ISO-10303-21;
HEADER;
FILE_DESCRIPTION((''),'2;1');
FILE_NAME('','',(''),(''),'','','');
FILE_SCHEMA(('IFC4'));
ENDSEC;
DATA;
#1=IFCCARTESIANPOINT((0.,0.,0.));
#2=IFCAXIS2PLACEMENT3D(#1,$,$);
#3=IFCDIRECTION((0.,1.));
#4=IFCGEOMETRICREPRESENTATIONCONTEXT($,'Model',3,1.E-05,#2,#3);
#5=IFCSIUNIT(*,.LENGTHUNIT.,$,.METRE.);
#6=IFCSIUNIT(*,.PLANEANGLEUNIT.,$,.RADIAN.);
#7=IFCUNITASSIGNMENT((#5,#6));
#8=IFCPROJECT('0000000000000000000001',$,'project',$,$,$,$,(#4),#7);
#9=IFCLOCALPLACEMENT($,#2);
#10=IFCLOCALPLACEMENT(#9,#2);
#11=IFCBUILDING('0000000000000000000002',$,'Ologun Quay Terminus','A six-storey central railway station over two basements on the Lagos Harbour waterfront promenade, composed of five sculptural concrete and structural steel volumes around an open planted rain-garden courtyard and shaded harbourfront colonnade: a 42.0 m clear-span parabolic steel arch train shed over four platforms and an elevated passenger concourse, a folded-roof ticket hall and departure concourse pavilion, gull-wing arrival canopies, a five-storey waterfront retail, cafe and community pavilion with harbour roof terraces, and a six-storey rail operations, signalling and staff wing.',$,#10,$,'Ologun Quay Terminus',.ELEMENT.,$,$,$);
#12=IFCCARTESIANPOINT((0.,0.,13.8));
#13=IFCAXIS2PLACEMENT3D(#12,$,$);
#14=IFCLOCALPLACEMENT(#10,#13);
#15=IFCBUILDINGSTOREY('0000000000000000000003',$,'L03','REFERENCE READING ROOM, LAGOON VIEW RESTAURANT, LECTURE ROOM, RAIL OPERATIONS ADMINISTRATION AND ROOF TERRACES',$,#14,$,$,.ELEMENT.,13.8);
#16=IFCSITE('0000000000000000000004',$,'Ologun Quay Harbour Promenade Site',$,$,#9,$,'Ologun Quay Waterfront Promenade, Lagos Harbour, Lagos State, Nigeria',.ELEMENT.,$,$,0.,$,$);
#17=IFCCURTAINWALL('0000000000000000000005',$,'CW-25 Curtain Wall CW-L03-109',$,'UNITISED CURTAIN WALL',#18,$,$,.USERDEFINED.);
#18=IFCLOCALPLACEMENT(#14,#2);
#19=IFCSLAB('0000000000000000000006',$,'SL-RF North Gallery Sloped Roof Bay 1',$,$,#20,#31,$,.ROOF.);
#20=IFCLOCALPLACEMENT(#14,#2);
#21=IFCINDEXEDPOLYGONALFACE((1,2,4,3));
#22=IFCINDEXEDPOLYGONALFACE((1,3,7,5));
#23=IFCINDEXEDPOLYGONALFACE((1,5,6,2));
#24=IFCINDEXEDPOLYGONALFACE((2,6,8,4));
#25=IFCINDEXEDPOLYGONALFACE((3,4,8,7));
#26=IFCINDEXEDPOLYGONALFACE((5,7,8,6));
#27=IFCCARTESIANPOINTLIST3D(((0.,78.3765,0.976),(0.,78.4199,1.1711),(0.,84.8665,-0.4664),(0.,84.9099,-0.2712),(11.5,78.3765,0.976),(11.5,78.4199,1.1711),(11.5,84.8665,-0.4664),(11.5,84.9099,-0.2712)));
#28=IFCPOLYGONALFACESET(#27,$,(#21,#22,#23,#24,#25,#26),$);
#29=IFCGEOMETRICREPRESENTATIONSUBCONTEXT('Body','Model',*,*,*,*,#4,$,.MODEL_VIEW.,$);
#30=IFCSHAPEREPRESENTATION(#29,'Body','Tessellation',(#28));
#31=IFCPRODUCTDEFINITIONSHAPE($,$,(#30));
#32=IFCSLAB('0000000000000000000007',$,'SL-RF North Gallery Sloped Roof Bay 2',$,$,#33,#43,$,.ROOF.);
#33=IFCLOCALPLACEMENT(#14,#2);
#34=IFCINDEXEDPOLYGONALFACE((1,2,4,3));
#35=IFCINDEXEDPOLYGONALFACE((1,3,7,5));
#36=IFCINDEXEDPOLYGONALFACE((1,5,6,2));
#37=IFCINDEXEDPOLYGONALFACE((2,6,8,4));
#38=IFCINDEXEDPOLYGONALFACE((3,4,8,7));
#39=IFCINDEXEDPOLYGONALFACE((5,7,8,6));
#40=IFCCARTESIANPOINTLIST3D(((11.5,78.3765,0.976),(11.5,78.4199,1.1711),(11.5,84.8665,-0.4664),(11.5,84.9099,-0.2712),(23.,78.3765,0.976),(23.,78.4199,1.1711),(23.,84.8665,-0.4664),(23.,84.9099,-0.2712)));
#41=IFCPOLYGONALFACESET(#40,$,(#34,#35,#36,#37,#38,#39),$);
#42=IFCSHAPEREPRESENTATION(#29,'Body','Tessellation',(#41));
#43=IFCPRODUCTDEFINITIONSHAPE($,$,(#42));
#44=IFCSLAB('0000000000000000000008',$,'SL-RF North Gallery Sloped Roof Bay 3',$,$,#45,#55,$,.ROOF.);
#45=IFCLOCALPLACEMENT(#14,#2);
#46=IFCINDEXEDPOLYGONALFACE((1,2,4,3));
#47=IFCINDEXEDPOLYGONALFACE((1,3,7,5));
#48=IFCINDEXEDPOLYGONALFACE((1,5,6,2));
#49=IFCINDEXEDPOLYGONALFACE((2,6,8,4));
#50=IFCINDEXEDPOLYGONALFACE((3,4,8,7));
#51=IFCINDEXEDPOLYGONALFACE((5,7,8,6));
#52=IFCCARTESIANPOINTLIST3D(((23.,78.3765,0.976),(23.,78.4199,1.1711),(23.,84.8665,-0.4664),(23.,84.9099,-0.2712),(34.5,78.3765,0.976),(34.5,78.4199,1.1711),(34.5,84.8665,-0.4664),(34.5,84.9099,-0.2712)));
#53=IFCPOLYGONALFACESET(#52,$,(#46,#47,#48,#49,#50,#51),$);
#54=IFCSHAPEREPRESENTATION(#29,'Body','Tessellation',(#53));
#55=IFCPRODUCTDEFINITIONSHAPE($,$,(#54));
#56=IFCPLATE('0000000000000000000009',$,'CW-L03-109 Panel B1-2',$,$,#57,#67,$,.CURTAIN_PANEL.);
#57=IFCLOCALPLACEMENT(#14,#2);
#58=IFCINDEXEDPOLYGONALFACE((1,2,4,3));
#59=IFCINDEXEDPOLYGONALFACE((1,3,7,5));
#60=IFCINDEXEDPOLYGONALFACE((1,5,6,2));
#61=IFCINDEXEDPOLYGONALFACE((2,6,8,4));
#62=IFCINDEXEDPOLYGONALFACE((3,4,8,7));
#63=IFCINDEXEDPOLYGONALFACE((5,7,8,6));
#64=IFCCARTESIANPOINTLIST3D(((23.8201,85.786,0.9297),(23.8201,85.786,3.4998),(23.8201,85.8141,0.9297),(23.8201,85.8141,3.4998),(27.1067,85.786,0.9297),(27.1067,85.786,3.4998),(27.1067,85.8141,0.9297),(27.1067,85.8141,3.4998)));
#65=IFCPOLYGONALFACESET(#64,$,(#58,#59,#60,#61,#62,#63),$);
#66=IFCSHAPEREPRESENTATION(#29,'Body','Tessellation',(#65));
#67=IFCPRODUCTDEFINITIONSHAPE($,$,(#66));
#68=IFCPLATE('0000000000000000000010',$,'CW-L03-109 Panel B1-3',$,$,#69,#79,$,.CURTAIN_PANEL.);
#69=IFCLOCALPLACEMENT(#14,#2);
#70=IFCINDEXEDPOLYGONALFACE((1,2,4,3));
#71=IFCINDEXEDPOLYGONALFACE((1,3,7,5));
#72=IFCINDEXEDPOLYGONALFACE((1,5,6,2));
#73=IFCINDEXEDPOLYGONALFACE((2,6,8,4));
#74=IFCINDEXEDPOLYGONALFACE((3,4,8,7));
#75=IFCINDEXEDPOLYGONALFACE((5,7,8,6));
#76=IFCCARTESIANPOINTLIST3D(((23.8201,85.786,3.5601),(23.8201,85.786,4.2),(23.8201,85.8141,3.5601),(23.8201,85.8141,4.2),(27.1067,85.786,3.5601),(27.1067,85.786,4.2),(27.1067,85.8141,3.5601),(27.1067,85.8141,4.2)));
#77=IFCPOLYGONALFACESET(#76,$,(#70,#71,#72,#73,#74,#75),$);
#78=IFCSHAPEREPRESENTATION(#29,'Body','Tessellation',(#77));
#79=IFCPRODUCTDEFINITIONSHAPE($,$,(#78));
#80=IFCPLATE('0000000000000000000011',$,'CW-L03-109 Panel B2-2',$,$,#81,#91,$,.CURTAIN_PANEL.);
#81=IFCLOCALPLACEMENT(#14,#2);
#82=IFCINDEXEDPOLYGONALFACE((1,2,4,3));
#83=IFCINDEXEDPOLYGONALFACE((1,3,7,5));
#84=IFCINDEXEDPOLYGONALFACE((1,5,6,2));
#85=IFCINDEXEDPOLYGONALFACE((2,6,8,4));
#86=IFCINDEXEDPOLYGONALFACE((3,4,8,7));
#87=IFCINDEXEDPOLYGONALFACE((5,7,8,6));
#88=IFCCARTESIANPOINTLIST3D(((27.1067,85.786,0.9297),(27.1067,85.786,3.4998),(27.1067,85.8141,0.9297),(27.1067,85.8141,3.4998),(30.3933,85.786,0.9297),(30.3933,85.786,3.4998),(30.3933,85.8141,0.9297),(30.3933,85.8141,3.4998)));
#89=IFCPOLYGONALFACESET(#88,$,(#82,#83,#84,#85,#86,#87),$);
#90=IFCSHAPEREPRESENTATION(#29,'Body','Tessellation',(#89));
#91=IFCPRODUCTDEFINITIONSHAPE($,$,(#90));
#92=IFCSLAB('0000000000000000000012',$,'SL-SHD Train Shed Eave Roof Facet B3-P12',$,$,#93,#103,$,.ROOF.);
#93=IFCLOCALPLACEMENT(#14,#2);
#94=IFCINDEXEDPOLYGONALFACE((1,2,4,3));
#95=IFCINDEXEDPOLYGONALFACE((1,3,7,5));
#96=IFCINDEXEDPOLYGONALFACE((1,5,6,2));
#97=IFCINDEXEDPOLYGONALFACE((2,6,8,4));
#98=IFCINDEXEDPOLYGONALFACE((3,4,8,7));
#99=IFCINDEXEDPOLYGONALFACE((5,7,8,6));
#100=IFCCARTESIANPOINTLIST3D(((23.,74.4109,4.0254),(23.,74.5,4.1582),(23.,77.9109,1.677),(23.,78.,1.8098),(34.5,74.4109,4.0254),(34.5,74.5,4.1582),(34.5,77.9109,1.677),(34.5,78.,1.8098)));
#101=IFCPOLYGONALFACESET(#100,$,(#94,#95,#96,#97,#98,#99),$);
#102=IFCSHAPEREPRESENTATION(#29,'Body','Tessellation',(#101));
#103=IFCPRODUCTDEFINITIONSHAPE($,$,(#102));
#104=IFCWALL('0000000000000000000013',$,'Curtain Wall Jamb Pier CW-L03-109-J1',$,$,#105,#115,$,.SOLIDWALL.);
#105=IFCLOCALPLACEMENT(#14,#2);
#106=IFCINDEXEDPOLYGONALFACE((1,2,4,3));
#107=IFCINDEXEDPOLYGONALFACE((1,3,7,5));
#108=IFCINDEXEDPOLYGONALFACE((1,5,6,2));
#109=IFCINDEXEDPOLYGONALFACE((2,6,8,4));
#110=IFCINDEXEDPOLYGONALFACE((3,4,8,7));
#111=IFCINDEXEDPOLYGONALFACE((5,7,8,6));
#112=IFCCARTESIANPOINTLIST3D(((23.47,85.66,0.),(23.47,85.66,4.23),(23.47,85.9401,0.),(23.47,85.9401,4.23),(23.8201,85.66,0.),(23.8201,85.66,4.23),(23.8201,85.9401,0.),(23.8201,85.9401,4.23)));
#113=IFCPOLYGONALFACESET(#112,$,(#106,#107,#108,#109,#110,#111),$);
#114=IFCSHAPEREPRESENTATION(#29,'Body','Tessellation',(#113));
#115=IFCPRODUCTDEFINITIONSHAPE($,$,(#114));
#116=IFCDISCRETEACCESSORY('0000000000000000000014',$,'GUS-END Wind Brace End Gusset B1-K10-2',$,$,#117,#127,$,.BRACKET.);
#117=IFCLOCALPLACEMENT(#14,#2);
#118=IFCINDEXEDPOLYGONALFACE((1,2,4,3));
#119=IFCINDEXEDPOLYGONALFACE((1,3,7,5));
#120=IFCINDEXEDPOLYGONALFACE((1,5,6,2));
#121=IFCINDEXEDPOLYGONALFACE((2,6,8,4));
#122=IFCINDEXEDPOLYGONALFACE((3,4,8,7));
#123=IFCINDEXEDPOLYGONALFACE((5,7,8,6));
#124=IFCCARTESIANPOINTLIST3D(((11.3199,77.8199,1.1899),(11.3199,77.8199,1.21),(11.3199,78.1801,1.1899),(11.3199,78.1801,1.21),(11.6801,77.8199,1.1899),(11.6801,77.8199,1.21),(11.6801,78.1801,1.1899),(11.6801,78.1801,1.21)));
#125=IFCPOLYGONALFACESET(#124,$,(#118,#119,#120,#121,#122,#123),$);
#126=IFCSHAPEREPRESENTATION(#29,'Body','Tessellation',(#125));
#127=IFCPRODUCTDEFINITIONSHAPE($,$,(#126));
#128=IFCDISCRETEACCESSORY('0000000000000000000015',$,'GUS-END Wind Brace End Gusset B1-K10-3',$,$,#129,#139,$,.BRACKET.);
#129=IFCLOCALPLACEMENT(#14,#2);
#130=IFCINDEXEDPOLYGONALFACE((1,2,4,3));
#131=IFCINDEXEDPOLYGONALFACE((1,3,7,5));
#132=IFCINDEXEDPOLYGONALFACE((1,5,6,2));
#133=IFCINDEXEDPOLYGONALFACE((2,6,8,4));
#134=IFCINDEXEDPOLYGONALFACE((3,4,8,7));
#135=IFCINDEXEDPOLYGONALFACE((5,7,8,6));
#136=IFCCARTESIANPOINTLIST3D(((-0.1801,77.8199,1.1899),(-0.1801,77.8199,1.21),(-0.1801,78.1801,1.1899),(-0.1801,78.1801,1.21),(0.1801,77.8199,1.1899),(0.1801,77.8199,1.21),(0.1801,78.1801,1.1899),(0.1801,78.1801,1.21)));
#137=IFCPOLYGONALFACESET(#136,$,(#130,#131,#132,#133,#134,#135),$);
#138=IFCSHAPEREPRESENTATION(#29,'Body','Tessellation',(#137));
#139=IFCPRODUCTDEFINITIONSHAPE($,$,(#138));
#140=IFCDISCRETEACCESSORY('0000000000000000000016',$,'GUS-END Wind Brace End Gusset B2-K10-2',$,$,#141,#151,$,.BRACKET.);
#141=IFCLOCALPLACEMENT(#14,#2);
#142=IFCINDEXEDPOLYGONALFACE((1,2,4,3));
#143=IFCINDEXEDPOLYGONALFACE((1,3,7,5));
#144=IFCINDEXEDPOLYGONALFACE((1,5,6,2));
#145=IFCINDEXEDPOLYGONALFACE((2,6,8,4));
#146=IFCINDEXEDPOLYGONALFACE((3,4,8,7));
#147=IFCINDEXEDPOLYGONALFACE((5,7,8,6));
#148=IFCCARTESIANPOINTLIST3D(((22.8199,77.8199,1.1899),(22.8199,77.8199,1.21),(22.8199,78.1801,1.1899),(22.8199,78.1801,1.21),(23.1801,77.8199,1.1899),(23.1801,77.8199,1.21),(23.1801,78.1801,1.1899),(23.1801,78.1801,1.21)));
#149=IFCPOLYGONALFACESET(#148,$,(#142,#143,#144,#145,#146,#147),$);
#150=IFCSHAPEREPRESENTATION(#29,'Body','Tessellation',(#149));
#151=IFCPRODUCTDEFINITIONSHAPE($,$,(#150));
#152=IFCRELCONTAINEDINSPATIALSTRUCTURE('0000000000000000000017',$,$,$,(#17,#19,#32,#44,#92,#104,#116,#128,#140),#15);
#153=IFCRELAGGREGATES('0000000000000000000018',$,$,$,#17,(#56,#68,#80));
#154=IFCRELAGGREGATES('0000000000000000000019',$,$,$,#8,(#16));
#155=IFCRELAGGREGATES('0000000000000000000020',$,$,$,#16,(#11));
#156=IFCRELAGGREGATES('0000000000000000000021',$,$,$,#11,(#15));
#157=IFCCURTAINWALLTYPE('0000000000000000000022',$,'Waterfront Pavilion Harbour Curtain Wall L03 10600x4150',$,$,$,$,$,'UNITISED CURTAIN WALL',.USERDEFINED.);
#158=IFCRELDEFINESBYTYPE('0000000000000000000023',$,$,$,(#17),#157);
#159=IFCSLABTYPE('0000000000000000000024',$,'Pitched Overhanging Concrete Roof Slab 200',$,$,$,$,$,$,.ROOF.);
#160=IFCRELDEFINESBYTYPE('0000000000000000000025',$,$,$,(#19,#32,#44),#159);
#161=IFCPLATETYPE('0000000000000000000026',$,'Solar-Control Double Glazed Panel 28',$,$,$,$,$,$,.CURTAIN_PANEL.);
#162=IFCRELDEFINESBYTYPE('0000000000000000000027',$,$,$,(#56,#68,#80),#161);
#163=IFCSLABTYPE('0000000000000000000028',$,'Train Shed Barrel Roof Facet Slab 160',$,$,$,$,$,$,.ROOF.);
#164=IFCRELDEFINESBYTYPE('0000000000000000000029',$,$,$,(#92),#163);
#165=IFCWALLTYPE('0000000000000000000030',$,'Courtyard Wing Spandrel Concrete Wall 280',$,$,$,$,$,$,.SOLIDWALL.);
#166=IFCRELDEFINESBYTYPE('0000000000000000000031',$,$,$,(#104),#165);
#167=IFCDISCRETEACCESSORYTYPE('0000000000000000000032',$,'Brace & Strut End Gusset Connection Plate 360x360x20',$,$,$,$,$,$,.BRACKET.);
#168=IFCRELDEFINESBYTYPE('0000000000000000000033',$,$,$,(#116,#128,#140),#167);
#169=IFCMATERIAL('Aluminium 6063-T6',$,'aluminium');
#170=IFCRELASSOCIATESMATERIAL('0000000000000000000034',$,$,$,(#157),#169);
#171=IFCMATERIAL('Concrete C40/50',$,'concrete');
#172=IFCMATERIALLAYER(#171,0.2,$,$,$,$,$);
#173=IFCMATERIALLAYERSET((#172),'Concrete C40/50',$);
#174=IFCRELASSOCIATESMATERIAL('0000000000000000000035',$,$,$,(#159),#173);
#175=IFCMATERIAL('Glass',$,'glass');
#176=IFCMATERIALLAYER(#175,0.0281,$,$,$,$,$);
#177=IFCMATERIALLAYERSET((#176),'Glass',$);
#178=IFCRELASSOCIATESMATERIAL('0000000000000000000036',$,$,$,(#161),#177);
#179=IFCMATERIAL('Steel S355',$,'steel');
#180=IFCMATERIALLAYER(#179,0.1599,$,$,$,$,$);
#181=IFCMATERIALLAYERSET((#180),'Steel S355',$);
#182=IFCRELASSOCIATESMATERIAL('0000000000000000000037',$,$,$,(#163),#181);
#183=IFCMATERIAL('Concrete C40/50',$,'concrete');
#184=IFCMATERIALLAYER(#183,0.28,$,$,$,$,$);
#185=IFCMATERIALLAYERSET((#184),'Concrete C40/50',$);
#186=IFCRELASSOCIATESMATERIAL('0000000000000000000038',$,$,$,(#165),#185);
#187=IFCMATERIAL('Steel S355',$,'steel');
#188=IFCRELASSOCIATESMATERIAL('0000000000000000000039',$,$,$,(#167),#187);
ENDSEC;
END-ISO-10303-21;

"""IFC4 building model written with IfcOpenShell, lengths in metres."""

from ifc_helpers import new_model, si_unit, direction, frame, frame_2d, origin, origin_2d, place, context, subcontext, project, spatial, polyline, rectangle, outline, extrude, material, layer, layer_set, type_object, element, aggregate, save


model = new_model("IFC4")

# Units and contexts
model_context = context("Model", 3, precision=1e-05, world=origin(), true_north=direction((0.0, 1.0)))
body_context = subcontext(model_context, "Body", "Model", "MODEL_VIEW")
ifc_project = project(units=[si_unit("LENGTHUNIT", "METRE"), si_unit("PLANEANGLEUNIT", "RADIAN")], contexts=[model_context])

# Site, building, storey
site_placement = place(None, origin())
site = spatial("IfcSite", under=ifc_project, at=site_placement, Name="Ologun Quay Harbour Promenade Site", LongName="Ologun Quay Waterfront Promenade, Lagos Harbour, Lagos State, Nigeria", CompositionType="ELEMENT", RefElevation=0.0)
building_placement = place(site_placement, origin())
building = spatial("IfcBuilding", under=site, at=building_placement, Name="Ologun Quay Terminus", Description="A six-storey central railway station over two basements on the Lagos Harbour waterfront promenade, composed of five sculptural concrete and structural steel volumes around an open planted rain-garden courtyard and shaded harbourfront colonnade: a 42.0 m clear-span parabolic steel arch train shed over four platforms and an elevated passenger concourse, a folded-roof ticket hall and departure concourse pavilion, gull-wing arrival canopies, a five-storey waterfront retail, cafe and community pavilion with harbour roof terraces, and a six-storey rail operations, signalling and staff wing.", LongName="Ologun Quay Terminus", CompositionType="ELEMENT")
storey_placement = place(building_placement, frame((0.0, 0.0, 13.8)))
storey = spatial("IfcBuildingStorey", under=building, at=storey_placement, Name="L03", Description="REFERENCE READING ROOM, LAGOON VIEW RESTAURANT, LECTURE ROOM, RAIL OPERATIONS ADMINISTRATION AND ROOF TERRACES", CompositionType="ELEMENT", Elevation=13.8)

# Curtain wall
ifc_material_1 = material(Name="Aluminium 6063-T6", Category="aluminium")
curtain_wall_type = type_object("IfcCurtainWallType", Name="Waterfront Pavilion Harbour Curtain Wall L03 10600x4150", ElementType="UNITISED CURTAIN WALL", PredefinedType="USERDEFINED", material=ifc_material_1)
curtain_wall_placement = place(storey_placement, origin())
curtain_wall = element("IfcCurtainWall", 1, at=curtain_wall_placement, inside=storey, type_object=curtain_wall_type, Name="CW-25 Curtain Wall CW-L03-109", ObjectType="UNITISED CURTAIN WALL", PredefinedType="USERDEFINED")

# Slabs
ifc_material_2 = material(Name="Concrete C40/50", Category="concrete")
ifc_layer_1 = layer(ifc_material_2, 0.2)
ifc_layer_set_1 = layer_set([ifc_layer_1], Name="Concrete C40/50")
slab_type_1 = type_object("IfcSlabType", Name="Pitched Overhanging Concrete Roof Slab 200", PredefinedType="ROOF", material=ifc_layer_set_1)
for number, where, z_axis, x_axis, name in (
    (2, (0.0, 84.9099, -0.2712), (0.0, 0.216954, 0.976182), (1.0, 0.0, 0.0), "SL-RF North Gallery Sloped Roof Bay 1"),
    (3, (11.5, 84.9099, -0.2712), (0.0, 0.216954, 0.976182), (1.0, 0.0, 0.0), "SL-RF North Gallery Sloped Roof Bay 2"),
    (4, (23.0, 84.9099, -0.2712), (0.0, 0.216954, 0.976182), (1.0, 0.0, 0.0), "SL-RF North Gallery Sloped Roof Bay 3"),
):
    element("IfcSlab", number, at=place(storey_placement, frame(where, z_axis=z_axis, x_axis=x_axis)), inside=storey, type_object=slab_type_1, Name=name, PredefinedType="ROOF", context=body_context, shape_type="SweptSolid", body=[
        extrude(outline(polyline([(0.0, 0.0), (11.5, 0.0), (11.5, -6.6483), (0.0, -6.6483), (0.0, 0.0)])), origin(), (0.0, 0.0, -1.0), 0.2),
    ])

# Plates
ifc_material_3 = material(Name="Glass", Category="glass")
ifc_layer_2 = layer(ifc_material_3, 0.0281)
ifc_layer_set_2 = layer_set([ifc_layer_2], Name="Glass")
plate_type_1 = type_object("IfcPlateType", Name="Solar-Control Double Glazed Panel 28", PredefinedType="CURTAIN_PANEL", material=ifc_layer_set_2)
plate_1_placement = place(storey_placement, frame((25.4634, 85.8, 0.9297), z_axis=(0.0, 0.0, 1.0), x_axis=(1.0, 0.0, 0.0)))
plate_1 = element("IfcPlate", 5, at=plate_1_placement, type_object=plate_type_1, Name="CW-L03-109 Panel B1-2", PredefinedType="CURTAIN_PANEL", context=body_context, shape_type="SweptSolid", body=[
    extrude(rectangle(XDim=3.2866, YDim=0.0281, at=origin_2d()), origin(), (0.0, 0.0, 1.0), 2.5701),
])
plate_2_placement = place(storey_placement, frame((25.4634, 85.8, 3.5601), z_axis=(0.0, 0.0, 1.0), x_axis=(1.0, 0.0, 0.0)))
plate_2 = element("IfcPlate", 6, at=plate_2_placement, type_object=plate_type_1, Name="CW-L03-109 Panel B1-3", PredefinedType="CURTAIN_PANEL", context=body_context, shape_type="SweptSolid", body=[
    extrude(rectangle(XDim=3.2866, YDim=0.0281, at=origin_2d()), origin(), (0.0, 0.0, 1.0), 0.6399),
])
plate_3_placement = place(storey_placement, frame((28.75, 85.8, 0.9297), z_axis=(0.0, 0.0, 1.0), x_axis=(1.0, 0.0, 0.0)))
plate_3 = element("IfcPlate", 7, at=plate_3_placement, type_object=plate_type_1, Name="CW-L03-109 Panel B2-2", PredefinedType="CURTAIN_PANEL", context=body_context, shape_type="SweptSolid", body=[
    extrude(rectangle(XDim=3.2866, YDim=0.0281, at=origin_2d()), origin(), (0.0, 0.0, 1.0), 2.5701),
])
aggregate(curtain_wall, [plate_1, plate_2, plate_3])

# Slab
ifc_material_4 = material(Name="Steel S355", Category="steel")
ifc_layer_3 = layer(ifc_material_4, 0.1599)
ifc_layer_set_3 = layer_set([ifc_layer_3], Name="Steel S355")
slab_type_2 = type_object("IfcSlabType", Name="Train Shed Barrel Roof Facet Slab 160", PredefinedType="ROOF", material=ifc_layer_set_3)
slab_placement = place(storey_placement, frame((23.0, 74.5, 4.1582), z_axis=(0.0, 0.557171, 0.830398), x_axis=(1.0, 0.0, 0.0)))
element("IfcSlab", 8, at=slab_placement, inside=storey, type_object=slab_type_2, Name="SL-SHD Train Shed Eave Roof Facet B3-P12", PredefinedType="ROOF", context=body_context, shape_type="SweptSolid", body=[
    extrude(outline(polyline([(0.0, 0.0), (11.5, 0.0), (11.5, 4.2148), (0.0, 4.2148), (0.0, 0.0)])), origin(), (0.0, 0.0, -1.0), 0.1599),
])

# Wall
ifc_material_5 = material(Name="Concrete C40/50", Category="concrete")
ifc_layer_4 = layer(ifc_material_5, 0.28)
ifc_layer_set_4 = layer_set([ifc_layer_4], Name="Concrete C40/50")
wall_type = type_object("IfcWallType", Name="Courtyard Wing Spandrel Concrete Wall 280", PredefinedType="SOLIDWALL", material=ifc_layer_set_4)
wall_placement = place(storey_placement, frame((23.47, 85.8, 0.0), z_axis=(0.0, 0.0, 1.0), x_axis=(1.0, 0.0, 0.0)))
element("IfcWall", 9, at=wall_placement, inside=storey, type_object=wall_type, Name="Curtain Wall Jamb Pier CW-L03-109-J1", PredefinedType="SOLIDWALL", context=body_context, shape_type="SweptSolid", body=[
    extrude(rectangle(XDim=0.3501, YDim=0.28, at=frame_2d((0.175, 0.0))), origin(), (0.0, 0.0, 1.0), 4.23),
])

# Discrete accessories
ifc_material_6 = material(Name="Steel S355", Category="steel")
discrete_accessory_type = type_object("IfcDiscreteAccessoryType", Name="Brace & Strut End Gusset Connection Plate 360x360x20", PredefinedType="BRACKET", material=ifc_material_6)
for number, where, z_axis, x_axis, name in (
    (10, (11.5, 78.0, 1.1899), (0.0, 0.0, 1.0), (1.0, 0.0, 0.0), "GUS-END Wind Brace End Gusset B1-K10-2"),
    (11, (0.0, 78.0, 1.1899), (0.0, 0.0, 1.0), (1.0, 0.0, 0.0), "GUS-END Wind Brace End Gusset B1-K10-3"),
    (12, (23.0, 78.0, 1.1899), (0.0, 0.0, 1.0), (1.0, 0.0, 0.0), "GUS-END Wind Brace End Gusset B2-K10-2"),
):
    element("IfcDiscreteAccessory", number, at=place(storey_placement, frame(where, z_axis=z_axis, x_axis=x_axis)), inside=storey, type_object=discrete_accessory_type, Name=name, PredefinedType="BRACKET", context=body_context, shape_type="SweptSolid", body=[
        extrude(rectangle(XDim=0.3601, YDim=0.3601, at=origin_2d()), origin(), (0.0, 0.0, 1.0), 0.02),
    ])

save(model, "model.ifc")
